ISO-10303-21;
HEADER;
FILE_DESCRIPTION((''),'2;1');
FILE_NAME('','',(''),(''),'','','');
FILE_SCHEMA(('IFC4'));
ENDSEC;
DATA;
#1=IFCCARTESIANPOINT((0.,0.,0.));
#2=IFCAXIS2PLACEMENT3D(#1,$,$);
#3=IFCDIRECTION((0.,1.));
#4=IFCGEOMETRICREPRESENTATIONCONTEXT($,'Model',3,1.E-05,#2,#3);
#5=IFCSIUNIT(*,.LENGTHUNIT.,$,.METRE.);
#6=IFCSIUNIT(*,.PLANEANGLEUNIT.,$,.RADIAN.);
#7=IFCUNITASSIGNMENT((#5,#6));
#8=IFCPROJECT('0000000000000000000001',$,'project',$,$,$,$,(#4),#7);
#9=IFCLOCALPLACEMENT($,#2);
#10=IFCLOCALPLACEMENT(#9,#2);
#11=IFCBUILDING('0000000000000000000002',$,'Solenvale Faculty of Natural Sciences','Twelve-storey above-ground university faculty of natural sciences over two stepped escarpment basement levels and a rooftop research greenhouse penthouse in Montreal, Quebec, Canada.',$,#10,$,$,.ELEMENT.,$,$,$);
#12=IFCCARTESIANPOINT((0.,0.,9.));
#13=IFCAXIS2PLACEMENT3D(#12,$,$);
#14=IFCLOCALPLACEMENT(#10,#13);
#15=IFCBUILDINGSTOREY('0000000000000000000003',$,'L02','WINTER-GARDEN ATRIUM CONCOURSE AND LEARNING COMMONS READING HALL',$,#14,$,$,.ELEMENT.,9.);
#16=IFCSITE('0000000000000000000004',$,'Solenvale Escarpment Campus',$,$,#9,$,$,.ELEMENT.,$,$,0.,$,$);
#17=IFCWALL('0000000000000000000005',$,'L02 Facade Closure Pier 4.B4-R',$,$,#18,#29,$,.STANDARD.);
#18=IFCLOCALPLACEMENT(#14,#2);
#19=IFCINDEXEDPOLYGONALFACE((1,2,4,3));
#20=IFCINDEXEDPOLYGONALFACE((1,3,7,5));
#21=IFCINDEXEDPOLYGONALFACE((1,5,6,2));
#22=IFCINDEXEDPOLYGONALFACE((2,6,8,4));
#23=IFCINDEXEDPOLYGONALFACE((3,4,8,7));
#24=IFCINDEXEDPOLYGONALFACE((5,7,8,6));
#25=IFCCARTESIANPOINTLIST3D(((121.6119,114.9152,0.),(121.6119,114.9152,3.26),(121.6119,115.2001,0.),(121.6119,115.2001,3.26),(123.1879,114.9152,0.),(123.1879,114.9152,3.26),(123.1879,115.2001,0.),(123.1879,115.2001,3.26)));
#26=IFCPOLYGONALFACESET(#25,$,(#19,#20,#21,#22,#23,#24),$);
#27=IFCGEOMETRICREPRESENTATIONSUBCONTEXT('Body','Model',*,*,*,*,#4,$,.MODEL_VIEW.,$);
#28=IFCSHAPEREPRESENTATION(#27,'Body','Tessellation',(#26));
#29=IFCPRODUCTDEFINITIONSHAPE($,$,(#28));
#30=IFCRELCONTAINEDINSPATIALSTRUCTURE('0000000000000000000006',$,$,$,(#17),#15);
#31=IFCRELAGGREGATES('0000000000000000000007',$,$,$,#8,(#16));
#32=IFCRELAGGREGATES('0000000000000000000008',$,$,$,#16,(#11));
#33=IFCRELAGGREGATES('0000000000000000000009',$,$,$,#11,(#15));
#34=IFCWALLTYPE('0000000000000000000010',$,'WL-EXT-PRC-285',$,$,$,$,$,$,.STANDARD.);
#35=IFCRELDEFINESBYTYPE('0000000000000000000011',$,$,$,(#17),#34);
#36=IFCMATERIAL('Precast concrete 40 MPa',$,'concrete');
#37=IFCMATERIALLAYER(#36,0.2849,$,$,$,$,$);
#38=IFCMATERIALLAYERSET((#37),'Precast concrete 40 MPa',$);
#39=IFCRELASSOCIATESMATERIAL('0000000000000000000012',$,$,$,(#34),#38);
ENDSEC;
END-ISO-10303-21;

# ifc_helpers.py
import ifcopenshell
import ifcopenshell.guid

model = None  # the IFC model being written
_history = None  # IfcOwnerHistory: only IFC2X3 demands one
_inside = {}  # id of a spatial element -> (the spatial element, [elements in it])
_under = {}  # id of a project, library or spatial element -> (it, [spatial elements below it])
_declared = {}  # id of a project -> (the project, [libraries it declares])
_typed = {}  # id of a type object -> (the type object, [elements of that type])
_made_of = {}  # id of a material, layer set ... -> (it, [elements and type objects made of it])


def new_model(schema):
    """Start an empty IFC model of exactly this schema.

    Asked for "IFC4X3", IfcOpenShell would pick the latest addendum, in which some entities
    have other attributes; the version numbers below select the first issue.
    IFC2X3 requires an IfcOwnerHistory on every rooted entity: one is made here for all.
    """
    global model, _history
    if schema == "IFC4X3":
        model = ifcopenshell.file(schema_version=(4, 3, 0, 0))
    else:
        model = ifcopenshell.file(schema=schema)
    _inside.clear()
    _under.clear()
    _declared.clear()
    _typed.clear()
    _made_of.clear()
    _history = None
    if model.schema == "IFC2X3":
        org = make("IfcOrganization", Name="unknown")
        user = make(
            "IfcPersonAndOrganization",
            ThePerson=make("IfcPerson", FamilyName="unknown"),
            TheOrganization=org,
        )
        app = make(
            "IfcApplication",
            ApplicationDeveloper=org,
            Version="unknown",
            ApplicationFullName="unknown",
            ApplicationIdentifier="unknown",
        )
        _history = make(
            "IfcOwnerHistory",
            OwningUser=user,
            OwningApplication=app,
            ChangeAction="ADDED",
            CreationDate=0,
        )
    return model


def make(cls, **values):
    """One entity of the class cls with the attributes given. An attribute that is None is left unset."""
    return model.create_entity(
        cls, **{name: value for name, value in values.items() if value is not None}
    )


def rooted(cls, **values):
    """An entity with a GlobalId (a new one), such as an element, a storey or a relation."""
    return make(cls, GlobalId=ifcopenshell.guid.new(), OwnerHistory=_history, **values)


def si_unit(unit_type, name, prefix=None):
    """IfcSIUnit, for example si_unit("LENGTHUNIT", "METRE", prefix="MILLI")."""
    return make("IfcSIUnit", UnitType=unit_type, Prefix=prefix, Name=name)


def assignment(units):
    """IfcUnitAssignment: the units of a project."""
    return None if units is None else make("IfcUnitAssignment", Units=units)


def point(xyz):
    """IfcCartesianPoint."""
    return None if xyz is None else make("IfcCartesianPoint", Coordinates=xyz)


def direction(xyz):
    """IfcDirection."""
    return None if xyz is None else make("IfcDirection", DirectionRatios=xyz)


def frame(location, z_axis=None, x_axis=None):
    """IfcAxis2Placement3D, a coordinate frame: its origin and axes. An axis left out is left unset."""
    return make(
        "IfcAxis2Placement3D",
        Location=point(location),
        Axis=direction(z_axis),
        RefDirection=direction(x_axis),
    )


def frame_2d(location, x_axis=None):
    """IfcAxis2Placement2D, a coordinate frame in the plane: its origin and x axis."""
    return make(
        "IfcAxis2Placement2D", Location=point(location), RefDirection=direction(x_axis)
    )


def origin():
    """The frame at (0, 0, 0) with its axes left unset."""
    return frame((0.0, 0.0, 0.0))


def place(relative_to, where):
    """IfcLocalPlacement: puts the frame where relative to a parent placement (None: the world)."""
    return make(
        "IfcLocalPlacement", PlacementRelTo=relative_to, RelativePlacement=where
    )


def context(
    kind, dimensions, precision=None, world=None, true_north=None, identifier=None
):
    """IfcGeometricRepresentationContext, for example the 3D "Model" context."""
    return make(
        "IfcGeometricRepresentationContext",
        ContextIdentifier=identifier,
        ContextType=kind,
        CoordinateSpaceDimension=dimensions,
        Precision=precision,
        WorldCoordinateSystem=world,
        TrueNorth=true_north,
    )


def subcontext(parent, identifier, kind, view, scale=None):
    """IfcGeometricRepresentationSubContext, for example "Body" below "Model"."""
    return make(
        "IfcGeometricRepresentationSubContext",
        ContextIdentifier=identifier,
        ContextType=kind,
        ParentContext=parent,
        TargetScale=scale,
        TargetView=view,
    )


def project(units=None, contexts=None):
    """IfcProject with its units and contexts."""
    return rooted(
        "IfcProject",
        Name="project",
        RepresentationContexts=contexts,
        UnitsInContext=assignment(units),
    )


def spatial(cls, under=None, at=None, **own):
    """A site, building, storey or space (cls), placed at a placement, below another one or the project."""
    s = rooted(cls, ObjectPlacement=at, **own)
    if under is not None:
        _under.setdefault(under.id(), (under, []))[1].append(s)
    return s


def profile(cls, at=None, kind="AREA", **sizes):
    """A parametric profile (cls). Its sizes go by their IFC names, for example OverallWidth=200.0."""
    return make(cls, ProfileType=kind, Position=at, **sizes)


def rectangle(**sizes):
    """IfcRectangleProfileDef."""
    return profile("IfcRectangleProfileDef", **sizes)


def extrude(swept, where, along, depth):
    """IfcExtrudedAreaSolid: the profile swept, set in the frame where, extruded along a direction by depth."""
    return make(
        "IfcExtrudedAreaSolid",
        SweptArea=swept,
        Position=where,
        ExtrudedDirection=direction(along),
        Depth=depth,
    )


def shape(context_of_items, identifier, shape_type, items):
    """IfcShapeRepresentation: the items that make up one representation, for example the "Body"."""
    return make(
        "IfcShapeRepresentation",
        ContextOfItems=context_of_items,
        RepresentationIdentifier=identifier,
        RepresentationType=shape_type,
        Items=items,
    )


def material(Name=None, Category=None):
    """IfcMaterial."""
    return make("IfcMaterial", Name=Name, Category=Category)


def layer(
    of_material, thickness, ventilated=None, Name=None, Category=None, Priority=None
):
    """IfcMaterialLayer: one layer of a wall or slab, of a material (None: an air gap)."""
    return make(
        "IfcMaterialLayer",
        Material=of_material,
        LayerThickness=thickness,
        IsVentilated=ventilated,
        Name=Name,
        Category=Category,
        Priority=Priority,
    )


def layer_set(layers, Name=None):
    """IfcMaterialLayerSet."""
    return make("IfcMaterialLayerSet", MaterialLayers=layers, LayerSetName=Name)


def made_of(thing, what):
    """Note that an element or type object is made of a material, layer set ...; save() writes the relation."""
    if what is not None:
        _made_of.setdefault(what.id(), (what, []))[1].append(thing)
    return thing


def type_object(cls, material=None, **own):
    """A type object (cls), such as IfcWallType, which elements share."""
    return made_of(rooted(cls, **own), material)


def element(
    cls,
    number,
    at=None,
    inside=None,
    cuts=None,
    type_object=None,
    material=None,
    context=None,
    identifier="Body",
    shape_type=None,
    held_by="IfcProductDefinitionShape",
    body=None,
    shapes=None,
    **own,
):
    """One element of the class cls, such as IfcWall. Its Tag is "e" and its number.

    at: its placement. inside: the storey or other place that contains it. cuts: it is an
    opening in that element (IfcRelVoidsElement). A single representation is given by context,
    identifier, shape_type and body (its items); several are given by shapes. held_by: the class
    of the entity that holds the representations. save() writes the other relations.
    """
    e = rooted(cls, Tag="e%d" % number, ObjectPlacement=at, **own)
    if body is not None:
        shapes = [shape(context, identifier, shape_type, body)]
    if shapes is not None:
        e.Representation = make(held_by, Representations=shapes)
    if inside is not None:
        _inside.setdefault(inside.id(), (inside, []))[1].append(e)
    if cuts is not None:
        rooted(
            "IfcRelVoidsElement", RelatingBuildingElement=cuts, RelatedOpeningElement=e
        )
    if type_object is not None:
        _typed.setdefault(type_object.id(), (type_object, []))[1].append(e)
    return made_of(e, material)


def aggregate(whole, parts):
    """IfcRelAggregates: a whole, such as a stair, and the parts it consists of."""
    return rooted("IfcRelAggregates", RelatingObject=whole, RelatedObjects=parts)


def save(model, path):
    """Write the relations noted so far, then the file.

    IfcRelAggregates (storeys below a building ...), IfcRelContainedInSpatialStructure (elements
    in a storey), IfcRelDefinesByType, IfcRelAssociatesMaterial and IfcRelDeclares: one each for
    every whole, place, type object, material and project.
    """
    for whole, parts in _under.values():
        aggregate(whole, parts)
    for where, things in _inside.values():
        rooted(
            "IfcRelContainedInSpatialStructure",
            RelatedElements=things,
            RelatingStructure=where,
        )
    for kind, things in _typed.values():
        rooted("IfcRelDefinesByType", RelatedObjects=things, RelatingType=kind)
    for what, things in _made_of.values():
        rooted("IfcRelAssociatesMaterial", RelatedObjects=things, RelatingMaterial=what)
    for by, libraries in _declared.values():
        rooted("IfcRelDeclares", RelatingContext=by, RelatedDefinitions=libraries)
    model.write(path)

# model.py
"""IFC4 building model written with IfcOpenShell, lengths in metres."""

from ifc_helpers import new_model, si_unit, direction, frame, frame_2d, origin, place, context, subcontext, project, spatial, rectangle, extrude, material, layer, layer_set, type_object, element, save


model = new_model("IFC4")

# Units and contexts
model_context = context("Model", 3, precision=1e-05, world=origin(), true_north=direction((0.0, 1.0)))
body_context = subcontext(model_context, "Body", "Model", "MODEL_VIEW")
ifc_project = project(units=[si_unit("LENGTHUNIT", "METRE"), si_unit("PLANEANGLEUNIT", "RADIAN")], contexts=[model_context])

# Site, building, storey
site_placement = place(None, origin())
site = spatial("IfcSite", under=ifc_project, at=site_placement, Name="Solenvale Escarpment Campus", CompositionType="ELEMENT", RefElevation=0.0)
building_placement = place(site_placement, origin())
building = spatial("IfcBuilding", under=site, at=building_placement, Name="Solenvale Faculty of Natural Sciences", Description="Twelve-storey above-ground university faculty of natural sciences over two stepped escarpment basement levels and a rooftop research greenhouse penthouse in Montreal, Quebec, Canada.", CompositionType="ELEMENT")
storey_placement = place(building_placement, frame((0.0, 0.0, 9.0)))
storey = spatial("IfcBuildingStorey", under=building, at=storey_placement, Name="L02", Description="WINTER-GARDEN ATRIUM CONCOURSE AND LEARNING COMMONS READING HALL", CompositionType="ELEMENT", Elevation=9.0)

# Shared definitions
ifc_material_1 = material(Name="Precast concrete 40 MPa", Category="concrete")

# Wall
ifc_layer_1 = layer(ifc_material_1, 0.2849)
ifc_layer_set_1 = layer_set([ifc_layer_1], Name="Precast concrete 40 MPa")
wall_type = type_object("IfcWallType", Name="WL-EXT-PRC-285", PredefinedType="STANDARD", material=ifc_layer_set_1)
wall_placement = place(storey_placement, frame((123.188, 115.0576, 0.0), z_axis=(0.0, 0.0, 1.0), x_axis=(-1.0, 0.0, 0.0)))
element("IfcWall", 1, at=wall_placement, inside=storey, type_object=wall_type, Name="L02 Facade Closure Pier 4.B4-R", PredefinedType="STANDARD", context=body_context, shape_type="SweptSolid", body=[
    extrude(rectangle(XDim=1.5759, YDim=0.2849, at=frame_2d((0.7881, 0.0))), origin(), (0.0, 0.0, 1.0), 3.26),
])

save(model, "model.ifc")
